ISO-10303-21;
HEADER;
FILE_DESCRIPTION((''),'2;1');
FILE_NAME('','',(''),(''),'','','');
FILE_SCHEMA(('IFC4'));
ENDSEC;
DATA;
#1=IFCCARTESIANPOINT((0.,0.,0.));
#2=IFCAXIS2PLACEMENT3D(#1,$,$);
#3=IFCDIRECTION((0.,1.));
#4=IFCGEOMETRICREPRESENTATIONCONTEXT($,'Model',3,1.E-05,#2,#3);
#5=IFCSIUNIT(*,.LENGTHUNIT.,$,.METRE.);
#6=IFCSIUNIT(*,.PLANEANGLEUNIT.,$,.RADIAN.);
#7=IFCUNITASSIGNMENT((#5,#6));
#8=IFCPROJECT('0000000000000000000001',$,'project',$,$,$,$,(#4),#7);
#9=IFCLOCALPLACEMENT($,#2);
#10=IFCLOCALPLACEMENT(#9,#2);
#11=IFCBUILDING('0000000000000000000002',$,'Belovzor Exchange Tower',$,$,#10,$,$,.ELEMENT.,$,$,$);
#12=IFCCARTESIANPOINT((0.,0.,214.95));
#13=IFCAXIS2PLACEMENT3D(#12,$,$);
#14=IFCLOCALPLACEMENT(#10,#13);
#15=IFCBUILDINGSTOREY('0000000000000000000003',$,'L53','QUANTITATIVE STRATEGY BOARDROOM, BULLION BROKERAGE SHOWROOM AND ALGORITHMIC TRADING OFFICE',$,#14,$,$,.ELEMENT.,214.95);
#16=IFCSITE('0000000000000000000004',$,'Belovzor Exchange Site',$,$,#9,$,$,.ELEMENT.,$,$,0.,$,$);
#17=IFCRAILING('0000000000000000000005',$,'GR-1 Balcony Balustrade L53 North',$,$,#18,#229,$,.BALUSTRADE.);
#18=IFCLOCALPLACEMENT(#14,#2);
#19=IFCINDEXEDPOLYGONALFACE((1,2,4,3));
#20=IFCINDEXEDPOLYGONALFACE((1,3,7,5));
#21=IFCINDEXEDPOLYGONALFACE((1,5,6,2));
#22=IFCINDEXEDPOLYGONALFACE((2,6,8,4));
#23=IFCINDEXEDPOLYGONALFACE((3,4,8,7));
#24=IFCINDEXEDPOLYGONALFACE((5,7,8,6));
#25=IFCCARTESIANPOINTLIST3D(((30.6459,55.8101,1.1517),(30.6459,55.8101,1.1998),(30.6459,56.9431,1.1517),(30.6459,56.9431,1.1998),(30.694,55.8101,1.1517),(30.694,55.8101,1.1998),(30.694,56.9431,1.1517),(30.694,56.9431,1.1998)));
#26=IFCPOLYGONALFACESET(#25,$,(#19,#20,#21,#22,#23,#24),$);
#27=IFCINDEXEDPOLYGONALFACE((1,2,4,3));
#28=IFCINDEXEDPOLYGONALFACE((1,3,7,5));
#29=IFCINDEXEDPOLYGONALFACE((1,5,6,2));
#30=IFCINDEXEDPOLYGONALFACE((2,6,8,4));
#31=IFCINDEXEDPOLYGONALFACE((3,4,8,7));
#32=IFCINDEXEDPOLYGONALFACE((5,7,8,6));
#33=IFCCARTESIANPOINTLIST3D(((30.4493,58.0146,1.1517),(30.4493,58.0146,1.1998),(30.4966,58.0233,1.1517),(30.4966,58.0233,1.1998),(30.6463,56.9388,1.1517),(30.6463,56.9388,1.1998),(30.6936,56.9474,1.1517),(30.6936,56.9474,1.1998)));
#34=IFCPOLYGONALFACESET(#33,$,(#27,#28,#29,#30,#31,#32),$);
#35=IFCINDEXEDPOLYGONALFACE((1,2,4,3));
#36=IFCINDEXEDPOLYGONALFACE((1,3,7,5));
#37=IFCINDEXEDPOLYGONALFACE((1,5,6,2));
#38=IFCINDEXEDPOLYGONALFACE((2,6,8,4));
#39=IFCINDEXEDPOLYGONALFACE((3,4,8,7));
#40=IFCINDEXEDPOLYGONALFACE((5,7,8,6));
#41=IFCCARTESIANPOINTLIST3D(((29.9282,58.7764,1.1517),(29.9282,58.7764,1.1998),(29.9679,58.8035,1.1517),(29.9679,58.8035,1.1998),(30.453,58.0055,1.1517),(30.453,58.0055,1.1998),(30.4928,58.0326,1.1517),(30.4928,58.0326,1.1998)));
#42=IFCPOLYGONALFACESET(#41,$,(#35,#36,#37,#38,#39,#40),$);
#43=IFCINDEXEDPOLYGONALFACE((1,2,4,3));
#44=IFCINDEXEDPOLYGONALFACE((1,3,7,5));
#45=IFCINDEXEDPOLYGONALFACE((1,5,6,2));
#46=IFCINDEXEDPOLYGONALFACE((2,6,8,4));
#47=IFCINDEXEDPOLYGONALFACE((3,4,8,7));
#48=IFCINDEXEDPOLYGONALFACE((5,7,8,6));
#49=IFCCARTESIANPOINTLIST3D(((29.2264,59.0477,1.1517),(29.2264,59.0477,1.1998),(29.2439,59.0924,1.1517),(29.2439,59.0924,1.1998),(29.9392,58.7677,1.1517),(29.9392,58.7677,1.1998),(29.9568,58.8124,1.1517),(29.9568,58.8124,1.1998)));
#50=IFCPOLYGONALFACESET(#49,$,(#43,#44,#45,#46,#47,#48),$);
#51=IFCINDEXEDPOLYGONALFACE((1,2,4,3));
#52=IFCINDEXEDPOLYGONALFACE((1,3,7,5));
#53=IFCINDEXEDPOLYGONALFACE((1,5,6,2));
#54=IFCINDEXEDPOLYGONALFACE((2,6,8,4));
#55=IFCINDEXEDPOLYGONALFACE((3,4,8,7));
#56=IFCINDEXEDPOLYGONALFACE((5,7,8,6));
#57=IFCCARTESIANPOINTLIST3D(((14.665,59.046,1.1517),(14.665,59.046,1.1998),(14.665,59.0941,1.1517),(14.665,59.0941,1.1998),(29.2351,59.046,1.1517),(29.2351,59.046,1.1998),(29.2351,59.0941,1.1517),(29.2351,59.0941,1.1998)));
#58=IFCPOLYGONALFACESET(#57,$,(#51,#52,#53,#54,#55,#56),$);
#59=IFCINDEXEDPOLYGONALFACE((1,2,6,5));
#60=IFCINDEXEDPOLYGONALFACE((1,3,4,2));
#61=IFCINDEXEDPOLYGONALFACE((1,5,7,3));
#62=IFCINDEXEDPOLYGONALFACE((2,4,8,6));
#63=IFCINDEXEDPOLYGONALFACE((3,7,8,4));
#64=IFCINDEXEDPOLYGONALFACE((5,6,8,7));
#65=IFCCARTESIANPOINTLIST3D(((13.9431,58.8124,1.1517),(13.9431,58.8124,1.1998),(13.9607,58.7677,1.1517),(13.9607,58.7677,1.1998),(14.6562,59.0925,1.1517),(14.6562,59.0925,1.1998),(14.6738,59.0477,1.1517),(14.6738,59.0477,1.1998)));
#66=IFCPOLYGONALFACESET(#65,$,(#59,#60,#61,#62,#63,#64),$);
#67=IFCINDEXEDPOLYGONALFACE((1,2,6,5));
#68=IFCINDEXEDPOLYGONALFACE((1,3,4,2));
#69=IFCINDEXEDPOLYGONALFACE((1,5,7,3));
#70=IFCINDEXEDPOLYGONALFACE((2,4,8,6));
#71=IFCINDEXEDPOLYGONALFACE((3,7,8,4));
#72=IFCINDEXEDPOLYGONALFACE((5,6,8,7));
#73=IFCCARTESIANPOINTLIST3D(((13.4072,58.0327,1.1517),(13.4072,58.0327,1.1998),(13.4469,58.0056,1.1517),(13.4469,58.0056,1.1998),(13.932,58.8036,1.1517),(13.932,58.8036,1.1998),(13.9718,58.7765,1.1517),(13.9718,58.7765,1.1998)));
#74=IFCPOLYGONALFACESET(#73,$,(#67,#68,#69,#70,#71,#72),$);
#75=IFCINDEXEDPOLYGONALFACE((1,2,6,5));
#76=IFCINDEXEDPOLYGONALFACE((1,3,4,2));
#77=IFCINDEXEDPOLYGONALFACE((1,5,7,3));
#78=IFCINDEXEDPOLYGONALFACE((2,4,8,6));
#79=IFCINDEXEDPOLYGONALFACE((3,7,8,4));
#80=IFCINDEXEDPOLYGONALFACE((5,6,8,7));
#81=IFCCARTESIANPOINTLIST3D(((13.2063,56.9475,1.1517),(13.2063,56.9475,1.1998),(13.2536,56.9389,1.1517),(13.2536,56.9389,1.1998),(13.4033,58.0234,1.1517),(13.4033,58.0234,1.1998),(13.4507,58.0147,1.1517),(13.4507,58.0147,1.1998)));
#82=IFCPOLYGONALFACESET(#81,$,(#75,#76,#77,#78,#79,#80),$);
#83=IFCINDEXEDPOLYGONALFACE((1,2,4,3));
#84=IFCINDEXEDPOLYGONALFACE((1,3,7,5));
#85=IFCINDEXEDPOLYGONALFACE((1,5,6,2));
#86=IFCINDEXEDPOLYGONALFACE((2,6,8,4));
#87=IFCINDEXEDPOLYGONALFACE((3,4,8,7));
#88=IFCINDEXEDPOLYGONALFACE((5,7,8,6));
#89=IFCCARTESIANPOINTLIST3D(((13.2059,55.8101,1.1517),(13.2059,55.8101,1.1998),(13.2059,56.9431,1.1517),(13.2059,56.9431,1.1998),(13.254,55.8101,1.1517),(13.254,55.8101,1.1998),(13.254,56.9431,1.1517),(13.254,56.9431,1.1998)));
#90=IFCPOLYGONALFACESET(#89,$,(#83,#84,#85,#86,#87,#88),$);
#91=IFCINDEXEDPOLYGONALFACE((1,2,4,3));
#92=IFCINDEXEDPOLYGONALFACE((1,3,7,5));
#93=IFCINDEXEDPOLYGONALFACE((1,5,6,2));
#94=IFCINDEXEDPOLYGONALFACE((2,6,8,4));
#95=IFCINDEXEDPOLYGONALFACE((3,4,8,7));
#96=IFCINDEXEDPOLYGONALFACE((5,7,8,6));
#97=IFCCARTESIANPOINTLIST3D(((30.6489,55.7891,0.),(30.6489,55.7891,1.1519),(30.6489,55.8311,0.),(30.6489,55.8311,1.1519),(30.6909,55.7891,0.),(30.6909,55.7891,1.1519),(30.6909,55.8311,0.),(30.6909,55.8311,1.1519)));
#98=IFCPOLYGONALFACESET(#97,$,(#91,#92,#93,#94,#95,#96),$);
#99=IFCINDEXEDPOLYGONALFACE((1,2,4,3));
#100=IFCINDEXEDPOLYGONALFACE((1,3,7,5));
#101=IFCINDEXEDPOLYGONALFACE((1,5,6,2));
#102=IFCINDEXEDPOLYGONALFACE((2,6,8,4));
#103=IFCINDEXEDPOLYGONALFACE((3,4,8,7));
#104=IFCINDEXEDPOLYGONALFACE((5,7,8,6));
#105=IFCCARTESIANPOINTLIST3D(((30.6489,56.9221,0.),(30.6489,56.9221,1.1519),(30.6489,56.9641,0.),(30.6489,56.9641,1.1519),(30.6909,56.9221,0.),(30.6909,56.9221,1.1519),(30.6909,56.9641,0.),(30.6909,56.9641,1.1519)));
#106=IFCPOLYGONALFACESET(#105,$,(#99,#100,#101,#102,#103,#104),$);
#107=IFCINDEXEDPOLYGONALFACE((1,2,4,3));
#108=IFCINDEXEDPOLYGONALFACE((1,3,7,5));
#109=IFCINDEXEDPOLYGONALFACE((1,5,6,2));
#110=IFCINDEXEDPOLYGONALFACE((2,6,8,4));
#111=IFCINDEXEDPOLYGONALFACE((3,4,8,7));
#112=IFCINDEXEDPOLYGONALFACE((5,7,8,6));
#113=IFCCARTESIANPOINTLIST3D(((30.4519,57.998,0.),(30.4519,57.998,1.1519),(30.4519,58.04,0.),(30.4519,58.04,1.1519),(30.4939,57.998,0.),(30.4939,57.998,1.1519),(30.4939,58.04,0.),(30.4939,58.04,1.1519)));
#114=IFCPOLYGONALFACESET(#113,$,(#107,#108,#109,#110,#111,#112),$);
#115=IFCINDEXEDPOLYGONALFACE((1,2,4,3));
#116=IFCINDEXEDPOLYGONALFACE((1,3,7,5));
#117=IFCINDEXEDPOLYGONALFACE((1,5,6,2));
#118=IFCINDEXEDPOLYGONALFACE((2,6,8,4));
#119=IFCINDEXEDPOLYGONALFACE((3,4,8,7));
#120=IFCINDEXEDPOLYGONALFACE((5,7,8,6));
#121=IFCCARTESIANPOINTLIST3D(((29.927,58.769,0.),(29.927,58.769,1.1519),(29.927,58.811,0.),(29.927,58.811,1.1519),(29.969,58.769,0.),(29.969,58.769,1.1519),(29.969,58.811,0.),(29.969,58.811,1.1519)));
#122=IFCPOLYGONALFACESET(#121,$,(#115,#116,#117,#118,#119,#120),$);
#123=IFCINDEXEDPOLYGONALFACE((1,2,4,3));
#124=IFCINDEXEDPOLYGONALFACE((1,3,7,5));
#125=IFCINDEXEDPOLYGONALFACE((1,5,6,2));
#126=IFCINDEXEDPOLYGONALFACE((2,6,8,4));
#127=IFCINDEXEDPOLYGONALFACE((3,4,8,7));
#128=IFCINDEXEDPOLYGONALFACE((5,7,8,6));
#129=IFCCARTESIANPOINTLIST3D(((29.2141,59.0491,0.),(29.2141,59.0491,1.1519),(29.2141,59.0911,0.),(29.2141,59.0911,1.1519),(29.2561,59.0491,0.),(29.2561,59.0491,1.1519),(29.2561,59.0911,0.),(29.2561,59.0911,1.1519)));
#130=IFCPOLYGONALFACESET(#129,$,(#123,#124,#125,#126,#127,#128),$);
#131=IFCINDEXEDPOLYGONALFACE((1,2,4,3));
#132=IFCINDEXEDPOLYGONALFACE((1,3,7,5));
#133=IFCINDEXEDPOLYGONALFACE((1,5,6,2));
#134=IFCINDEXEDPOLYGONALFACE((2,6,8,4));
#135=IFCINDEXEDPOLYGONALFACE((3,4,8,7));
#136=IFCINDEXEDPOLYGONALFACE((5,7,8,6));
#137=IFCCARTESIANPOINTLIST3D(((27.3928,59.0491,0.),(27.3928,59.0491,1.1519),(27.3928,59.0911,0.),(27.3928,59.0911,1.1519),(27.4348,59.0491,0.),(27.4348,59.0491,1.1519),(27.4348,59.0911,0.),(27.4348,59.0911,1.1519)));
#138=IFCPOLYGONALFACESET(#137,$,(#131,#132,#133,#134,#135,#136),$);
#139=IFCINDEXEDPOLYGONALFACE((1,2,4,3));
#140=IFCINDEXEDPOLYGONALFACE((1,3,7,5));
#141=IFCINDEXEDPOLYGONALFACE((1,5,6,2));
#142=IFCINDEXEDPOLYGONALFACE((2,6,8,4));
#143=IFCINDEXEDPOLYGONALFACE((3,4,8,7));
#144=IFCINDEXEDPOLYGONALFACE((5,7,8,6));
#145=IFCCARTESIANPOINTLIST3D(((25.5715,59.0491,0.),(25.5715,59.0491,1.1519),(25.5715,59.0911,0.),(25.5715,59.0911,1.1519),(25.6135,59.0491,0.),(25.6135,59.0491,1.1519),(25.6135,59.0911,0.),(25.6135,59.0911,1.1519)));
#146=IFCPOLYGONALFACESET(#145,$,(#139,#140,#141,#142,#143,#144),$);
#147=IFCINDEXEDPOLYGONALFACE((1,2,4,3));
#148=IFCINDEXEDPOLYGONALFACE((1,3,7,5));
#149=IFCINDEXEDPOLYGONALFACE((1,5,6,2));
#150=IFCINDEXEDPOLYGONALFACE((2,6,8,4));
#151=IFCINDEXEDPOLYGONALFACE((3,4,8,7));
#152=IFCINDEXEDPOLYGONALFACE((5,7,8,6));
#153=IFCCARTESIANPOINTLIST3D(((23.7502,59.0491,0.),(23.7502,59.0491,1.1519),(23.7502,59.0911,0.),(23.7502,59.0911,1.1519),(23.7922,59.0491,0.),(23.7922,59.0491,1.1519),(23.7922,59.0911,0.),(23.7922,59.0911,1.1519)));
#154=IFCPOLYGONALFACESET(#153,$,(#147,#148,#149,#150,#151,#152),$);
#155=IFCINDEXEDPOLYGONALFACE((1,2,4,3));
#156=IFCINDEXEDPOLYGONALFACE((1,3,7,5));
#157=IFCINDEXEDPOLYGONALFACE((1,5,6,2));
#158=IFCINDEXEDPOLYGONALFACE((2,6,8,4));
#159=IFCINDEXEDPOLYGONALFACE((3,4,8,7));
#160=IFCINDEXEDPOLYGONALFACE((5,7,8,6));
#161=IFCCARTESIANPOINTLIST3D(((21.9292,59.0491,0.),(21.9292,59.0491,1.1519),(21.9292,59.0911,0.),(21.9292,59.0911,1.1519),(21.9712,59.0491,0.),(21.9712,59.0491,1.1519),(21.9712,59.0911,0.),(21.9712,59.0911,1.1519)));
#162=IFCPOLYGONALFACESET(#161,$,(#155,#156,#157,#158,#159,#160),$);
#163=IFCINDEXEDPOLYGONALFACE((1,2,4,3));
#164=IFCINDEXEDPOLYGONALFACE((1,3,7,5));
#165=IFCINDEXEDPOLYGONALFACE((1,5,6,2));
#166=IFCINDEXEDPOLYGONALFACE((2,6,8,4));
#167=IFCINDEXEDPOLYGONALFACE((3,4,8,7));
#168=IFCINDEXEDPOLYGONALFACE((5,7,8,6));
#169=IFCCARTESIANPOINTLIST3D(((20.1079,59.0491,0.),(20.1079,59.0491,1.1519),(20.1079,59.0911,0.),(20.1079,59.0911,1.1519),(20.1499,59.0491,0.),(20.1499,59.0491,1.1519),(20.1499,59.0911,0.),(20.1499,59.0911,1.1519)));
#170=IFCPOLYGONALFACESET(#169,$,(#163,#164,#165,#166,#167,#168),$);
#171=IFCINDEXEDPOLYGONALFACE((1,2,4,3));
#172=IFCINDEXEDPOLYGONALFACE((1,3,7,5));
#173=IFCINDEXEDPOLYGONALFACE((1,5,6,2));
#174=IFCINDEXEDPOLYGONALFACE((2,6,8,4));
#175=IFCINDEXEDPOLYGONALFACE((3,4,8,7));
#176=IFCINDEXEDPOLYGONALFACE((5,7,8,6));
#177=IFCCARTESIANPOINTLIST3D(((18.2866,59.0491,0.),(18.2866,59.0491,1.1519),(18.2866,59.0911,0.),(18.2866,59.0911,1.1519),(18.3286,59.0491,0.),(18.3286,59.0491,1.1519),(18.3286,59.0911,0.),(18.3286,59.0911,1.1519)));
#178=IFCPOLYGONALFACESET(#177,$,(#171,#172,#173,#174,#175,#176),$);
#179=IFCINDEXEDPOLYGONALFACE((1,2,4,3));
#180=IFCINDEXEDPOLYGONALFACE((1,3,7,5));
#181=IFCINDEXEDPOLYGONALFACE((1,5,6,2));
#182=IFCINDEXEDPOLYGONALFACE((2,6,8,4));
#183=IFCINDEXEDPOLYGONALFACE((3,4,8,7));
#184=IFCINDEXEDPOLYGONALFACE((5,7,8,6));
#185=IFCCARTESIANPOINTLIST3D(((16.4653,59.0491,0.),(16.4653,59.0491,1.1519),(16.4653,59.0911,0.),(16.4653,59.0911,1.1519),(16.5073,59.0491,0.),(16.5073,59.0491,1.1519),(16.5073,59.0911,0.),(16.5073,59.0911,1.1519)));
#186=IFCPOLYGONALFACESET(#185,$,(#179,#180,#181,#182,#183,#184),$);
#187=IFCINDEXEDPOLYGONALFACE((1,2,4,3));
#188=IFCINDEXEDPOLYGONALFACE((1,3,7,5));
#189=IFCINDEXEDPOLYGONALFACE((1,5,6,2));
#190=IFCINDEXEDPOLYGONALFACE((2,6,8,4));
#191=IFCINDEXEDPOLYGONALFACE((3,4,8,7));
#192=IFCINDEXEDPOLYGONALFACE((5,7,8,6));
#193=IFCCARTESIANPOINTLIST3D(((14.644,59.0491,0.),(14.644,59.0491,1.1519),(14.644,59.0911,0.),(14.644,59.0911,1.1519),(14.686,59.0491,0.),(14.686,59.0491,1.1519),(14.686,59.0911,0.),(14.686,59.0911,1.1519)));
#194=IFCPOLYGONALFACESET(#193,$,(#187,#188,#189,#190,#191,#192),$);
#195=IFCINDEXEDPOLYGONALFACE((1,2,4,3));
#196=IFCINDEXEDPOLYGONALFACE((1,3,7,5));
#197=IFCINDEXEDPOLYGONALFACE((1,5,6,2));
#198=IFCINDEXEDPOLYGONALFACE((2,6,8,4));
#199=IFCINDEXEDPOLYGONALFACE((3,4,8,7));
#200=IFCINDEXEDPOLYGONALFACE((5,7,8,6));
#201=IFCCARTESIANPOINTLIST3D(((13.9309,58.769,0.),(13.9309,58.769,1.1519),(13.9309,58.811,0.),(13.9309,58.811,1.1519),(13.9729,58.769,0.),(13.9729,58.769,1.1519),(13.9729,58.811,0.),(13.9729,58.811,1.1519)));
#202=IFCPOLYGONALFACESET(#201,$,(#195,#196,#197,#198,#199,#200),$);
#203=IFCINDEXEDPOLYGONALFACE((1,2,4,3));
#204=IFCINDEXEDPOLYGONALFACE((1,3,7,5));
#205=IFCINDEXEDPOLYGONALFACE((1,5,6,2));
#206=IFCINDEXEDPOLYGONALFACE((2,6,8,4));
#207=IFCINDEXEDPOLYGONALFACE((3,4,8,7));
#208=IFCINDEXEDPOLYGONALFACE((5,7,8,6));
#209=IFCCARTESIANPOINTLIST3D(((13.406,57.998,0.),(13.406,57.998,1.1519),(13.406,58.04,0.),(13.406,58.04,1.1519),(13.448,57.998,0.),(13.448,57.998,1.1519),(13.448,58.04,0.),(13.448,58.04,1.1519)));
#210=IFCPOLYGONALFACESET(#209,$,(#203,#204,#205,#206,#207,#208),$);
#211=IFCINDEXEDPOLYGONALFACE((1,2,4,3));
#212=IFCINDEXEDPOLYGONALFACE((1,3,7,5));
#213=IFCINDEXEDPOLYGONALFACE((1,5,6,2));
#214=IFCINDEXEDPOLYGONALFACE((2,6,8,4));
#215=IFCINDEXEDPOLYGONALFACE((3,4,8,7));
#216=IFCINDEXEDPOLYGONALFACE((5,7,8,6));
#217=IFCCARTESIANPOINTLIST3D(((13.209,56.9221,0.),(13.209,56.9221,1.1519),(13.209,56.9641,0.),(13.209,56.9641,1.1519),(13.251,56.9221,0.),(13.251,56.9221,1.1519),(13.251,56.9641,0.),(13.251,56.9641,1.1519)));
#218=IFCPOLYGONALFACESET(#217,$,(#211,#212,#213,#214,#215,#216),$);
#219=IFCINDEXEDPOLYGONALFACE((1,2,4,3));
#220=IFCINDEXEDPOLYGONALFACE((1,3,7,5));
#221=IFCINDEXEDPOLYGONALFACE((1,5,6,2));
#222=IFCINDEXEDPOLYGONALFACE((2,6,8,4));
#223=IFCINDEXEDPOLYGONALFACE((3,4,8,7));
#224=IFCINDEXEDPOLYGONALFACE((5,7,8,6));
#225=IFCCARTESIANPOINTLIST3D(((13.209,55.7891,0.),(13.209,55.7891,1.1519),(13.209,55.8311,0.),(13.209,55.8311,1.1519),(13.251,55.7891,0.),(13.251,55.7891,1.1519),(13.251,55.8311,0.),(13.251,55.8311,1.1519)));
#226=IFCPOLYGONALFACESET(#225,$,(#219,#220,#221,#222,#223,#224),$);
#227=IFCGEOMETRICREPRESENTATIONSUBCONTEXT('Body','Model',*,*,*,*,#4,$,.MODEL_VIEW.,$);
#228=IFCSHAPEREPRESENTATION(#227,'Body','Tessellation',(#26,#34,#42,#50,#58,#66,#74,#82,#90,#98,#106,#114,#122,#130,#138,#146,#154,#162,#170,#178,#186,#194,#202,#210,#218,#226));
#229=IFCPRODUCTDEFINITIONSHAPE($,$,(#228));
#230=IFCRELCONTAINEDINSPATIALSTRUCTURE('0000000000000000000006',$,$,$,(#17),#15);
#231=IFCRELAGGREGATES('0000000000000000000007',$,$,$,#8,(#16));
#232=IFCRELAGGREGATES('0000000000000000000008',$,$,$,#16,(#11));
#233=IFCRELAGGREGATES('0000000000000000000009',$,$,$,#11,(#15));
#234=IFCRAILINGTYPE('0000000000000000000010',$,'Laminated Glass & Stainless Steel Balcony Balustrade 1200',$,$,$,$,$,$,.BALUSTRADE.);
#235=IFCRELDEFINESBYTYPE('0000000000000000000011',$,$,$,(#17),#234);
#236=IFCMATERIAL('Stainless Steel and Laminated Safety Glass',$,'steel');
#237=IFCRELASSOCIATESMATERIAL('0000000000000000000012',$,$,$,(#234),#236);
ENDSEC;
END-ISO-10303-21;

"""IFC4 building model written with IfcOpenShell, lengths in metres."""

from ifc_helpers import new_model, si_unit, direction, frame, origin, origin_2d, place, context, subcontext, project, spatial, rectangle, extrude, material, type_object, element, save


model = new_model("IFC4")

# Units and contexts
model_context = context("Model", 3, precision=1e-05, world=origin(), true_north=direction((0.0, 1.0)))
body_context = subcontext(model_context, "Body", "Model", "MODEL_VIEW")
ifc_project = project(units=[si_unit("LENGTHUNIT", "METRE"), si_unit("PLANEANGLEUNIT", "RADIAN")], contexts=[model_context])

# Site, building, storey
site_placement = place(None, origin())
site = spatial("IfcSite", under=ifc_project, at=site_placement, Name="Belovzor Exchange Site", CompositionType="ELEMENT", RefElevation=0.0)
building_placement = place(site_placement, origin())
building = spatial("IfcBuilding", under=site, at=building_placement, Name="Belovzor Exchange Tower", CompositionType="ELEMENT")
storey_placement = place(building_placement, frame((0.0, 0.0, 214.95)))
storey = spatial("IfcBuildingStorey", under=building, at=storey_placement, Name="L53", Description="QUANTITATIVE STRATEGY BOARDROOM, BULLION BROKERAGE SHOWROOM AND ALGORITHMIC TRADING OFFICE", CompositionType="ELEMENT", Elevation=214.95)

# Railing
ifc_material_1 = material(Name="Stainless Steel and Laminated Safety Glass", Category="steel")
railing_type_1 = type_object("IfcRailingType", Name="Laminated Glass & Stainless Steel Balcony Balustrade 1200", PredefinedType="BALUSTRADE", material=ifc_material_1)
railing_1_placement = place(storey_placement, frame((30.6699, 55.8101, 0.0)))
element("IfcRailing", 1, at=railing_1_placement, inside=storey, type_object=railing_type_1, Name="GR-1 Balcony Balustrade L53 North", PredefinedType="BALUSTRADE", context=body_context, shape_type="SweptSolid", body=[
    extrude(rectangle(XDim=0.0481, YDim=0.0481, at=origin_2d()), frame((0.0, 0.0, 1.1758), z_axis=(0.0, 1.0, 0.0), x_axis=(-1.0, 0.0, 0.0)), (0.0, 0.0, 1.0), 1.1331),
    extrude(rectangle(XDim=0.0481, YDim=0.0481, at=origin_2d()), frame((0.0, 1.1331, 1.1758), z_axis=(-0.180123, 0.983644, 0.0), x_axis=(-0.983644, -0.180123, 0.0)), (0.0, 0.0, 1.0), 1.0938),
    extrude(rectangle(XDim=0.0481, YDim=0.0481, at=origin_2d()), frame((-0.197, 2.209, 1.1758), z_axis=(-0.562768, 0.826615, 0.0), x_axis=(-0.826615, -0.562768, 0.0)), (0.0, 0.0, 1.0), 0.9326),
    extrude(rectangle(XDim=0.0481, YDim=0.0481, at=origin_2d()), frame((-0.7219, 2.98, 1.1758), z_axis=(-0.930767, 0.365613, 0.0), x_axis=(-0.365613, -0.930767, 0.0)), (0.0, 0.0, 1.0), 0.7659),
    extrude(rectangle(XDim=0.0481, YDim=0.0481, at=origin_2d()), frame((-1.4348, 3.26, 1.1758), z_axis=(-1.0, 0.0, 0.0), x_axis=(0.0, -1.0, 0.0)), (0.0, 0.0, 1.0), 14.5701),
    extrude(rectangle(XDim=0.0481, YDim=0.0481, at=origin_2d()), frame((-16.0049, 3.26, 1.1758), z_axis=(-0.93081, -0.365504, 0.0), x_axis=(0.365504, -0.93081, 0.0)), (0.0, 0.0, 1.0), 0.7661),
    extrude(rectangle(XDim=0.0481, YDim=0.0481, at=origin_2d()), frame((-16.718, 2.98, 1.1758), z_axis=(-0.562768, -0.826615, 0.0), x_axis=(0.826615, -0.562768, 0.0)), (0.0, 0.0, 1.0), 0.9326),
    extrude(rectangle(XDim=0.0481, YDim=0.0481, at=origin_2d()), frame((-17.2429, 2.209, 1.1758), z_axis=(-0.180123, -0.983644, 0.0), x_axis=(0.983644, -0.180123, 0.0)), (0.0, 0.0, 1.0), 1.0938),
    extrude(rectangle(XDim=0.0481, YDim=0.0481, at=origin_2d()), frame((-17.4399, 1.1331, 1.1758), z_axis=(0.0, -1.0, 0.0), x_axis=(1.0, 0.0, 0.0)), (0.0, 0.0, 1.0), 1.1331),
    extrude(rectangle(XDim=0.042, YDim=0.042, at=origin_2d()), origin(), (0.0, 0.0, 1.0), 1.1519),
    extrude(rectangle(XDim=0.042, YDim=0.042, at=origin_2d()), frame((0.0, 1.1331, 0.0)), (0.0, 0.0, 1.0), 1.1519),
    extrude(rectangle(XDim=0.042, YDim=0.042, at=origin_2d()), frame((-0.197, 2.209, 0.0)), (0.0, 0.0, 1.0), 1.1519),
    extrude(rectangle(XDim=0.042, YDim=0.042, at=origin_2d()), frame((-0.7219, 2.98, 0.0)), (0.0, 0.0, 1.0), 1.1519),
    extrude(rectangle(XDim=0.042, YDim=0.042, at=origin_2d()), frame((-1.4348, 3.26, 0.0)), (0.0, 0.0, 1.0), 1.1519),
    extrude(rectangle(XDim=0.042, YDim=0.042, at=origin_2d()), frame((-3.2561, 3.26, 0.0)), (0.0, 0.0, 1.0), 1.1519),
    extrude(rectangle(XDim=0.042, YDim=0.042, at=origin_2d()), frame((-5.0774, 3.26, 0.0)), (0.0, 0.0, 1.0), 1.1519),
    extrude(rectangle(XDim=0.042, YDim=0.042, at=origin_2d()), frame((-6.8987, 3.26, 0.0)), (0.0, 0.0, 1.0), 1.1519),
    extrude(rectangle(XDim=0.042, YDim=0.042, at=origin_2d()), frame((-8.7197, 3.26, 0.0)), (0.0, 0.0, 1.0), 1.1519),
    extrude(rectangle(XDim=0.042, YDim=0.042, at=origin_2d()), frame((-10.541, 3.26, 0.0)), (0.0, 0.0, 1.0), 1.1519),
    extrude(rectangle(XDim=0.042, YDim=0.042, at=origin_2d()), frame((-12.3623, 3.26, 0.0)), (0.0, 0.0, 1.0), 1.1519),
    extrude(rectangle(XDim=0.042, YDim=0.042, at=origin_2d()), frame((-14.1836, 3.26, 0.0)), (0.0, 0.0, 1.0), 1.1519),
    extrude(rectangle(XDim=0.042, YDim=0.042, at=origin_2d()), frame((-16.0049, 3.26, 0.0)), (0.0, 0.0, 1.0), 1.1519),
    extrude(rectangle(XDim=0.042, YDim=0.042, at=origin_2d()), frame((-16.718, 2.98, 0.0)), (0.0, 0.0, 1.0), 1.1519),
    extrude(rectangle(XDim=0.042, YDim=0.042, at=origin_2d()), frame((-17.2429, 2.209, 0.0)), (0.0, 0.0, 1.0), 1.1519),
    extrude(rectangle(XDim=0.042, YDim=0.042, at=origin_2d()), frame((-17.4399, 1.1331, 0.0)), (0.0, 0.0, 1.0), 1.1519),
    extrude(rectangle(XDim=0.042, YDim=0.042, at=origin_2d()), frame((-17.4399, 0.0, 0.0)), (0.0, 0.0, 1.0), 1.1519),
])

save(model, "model.ifc")
